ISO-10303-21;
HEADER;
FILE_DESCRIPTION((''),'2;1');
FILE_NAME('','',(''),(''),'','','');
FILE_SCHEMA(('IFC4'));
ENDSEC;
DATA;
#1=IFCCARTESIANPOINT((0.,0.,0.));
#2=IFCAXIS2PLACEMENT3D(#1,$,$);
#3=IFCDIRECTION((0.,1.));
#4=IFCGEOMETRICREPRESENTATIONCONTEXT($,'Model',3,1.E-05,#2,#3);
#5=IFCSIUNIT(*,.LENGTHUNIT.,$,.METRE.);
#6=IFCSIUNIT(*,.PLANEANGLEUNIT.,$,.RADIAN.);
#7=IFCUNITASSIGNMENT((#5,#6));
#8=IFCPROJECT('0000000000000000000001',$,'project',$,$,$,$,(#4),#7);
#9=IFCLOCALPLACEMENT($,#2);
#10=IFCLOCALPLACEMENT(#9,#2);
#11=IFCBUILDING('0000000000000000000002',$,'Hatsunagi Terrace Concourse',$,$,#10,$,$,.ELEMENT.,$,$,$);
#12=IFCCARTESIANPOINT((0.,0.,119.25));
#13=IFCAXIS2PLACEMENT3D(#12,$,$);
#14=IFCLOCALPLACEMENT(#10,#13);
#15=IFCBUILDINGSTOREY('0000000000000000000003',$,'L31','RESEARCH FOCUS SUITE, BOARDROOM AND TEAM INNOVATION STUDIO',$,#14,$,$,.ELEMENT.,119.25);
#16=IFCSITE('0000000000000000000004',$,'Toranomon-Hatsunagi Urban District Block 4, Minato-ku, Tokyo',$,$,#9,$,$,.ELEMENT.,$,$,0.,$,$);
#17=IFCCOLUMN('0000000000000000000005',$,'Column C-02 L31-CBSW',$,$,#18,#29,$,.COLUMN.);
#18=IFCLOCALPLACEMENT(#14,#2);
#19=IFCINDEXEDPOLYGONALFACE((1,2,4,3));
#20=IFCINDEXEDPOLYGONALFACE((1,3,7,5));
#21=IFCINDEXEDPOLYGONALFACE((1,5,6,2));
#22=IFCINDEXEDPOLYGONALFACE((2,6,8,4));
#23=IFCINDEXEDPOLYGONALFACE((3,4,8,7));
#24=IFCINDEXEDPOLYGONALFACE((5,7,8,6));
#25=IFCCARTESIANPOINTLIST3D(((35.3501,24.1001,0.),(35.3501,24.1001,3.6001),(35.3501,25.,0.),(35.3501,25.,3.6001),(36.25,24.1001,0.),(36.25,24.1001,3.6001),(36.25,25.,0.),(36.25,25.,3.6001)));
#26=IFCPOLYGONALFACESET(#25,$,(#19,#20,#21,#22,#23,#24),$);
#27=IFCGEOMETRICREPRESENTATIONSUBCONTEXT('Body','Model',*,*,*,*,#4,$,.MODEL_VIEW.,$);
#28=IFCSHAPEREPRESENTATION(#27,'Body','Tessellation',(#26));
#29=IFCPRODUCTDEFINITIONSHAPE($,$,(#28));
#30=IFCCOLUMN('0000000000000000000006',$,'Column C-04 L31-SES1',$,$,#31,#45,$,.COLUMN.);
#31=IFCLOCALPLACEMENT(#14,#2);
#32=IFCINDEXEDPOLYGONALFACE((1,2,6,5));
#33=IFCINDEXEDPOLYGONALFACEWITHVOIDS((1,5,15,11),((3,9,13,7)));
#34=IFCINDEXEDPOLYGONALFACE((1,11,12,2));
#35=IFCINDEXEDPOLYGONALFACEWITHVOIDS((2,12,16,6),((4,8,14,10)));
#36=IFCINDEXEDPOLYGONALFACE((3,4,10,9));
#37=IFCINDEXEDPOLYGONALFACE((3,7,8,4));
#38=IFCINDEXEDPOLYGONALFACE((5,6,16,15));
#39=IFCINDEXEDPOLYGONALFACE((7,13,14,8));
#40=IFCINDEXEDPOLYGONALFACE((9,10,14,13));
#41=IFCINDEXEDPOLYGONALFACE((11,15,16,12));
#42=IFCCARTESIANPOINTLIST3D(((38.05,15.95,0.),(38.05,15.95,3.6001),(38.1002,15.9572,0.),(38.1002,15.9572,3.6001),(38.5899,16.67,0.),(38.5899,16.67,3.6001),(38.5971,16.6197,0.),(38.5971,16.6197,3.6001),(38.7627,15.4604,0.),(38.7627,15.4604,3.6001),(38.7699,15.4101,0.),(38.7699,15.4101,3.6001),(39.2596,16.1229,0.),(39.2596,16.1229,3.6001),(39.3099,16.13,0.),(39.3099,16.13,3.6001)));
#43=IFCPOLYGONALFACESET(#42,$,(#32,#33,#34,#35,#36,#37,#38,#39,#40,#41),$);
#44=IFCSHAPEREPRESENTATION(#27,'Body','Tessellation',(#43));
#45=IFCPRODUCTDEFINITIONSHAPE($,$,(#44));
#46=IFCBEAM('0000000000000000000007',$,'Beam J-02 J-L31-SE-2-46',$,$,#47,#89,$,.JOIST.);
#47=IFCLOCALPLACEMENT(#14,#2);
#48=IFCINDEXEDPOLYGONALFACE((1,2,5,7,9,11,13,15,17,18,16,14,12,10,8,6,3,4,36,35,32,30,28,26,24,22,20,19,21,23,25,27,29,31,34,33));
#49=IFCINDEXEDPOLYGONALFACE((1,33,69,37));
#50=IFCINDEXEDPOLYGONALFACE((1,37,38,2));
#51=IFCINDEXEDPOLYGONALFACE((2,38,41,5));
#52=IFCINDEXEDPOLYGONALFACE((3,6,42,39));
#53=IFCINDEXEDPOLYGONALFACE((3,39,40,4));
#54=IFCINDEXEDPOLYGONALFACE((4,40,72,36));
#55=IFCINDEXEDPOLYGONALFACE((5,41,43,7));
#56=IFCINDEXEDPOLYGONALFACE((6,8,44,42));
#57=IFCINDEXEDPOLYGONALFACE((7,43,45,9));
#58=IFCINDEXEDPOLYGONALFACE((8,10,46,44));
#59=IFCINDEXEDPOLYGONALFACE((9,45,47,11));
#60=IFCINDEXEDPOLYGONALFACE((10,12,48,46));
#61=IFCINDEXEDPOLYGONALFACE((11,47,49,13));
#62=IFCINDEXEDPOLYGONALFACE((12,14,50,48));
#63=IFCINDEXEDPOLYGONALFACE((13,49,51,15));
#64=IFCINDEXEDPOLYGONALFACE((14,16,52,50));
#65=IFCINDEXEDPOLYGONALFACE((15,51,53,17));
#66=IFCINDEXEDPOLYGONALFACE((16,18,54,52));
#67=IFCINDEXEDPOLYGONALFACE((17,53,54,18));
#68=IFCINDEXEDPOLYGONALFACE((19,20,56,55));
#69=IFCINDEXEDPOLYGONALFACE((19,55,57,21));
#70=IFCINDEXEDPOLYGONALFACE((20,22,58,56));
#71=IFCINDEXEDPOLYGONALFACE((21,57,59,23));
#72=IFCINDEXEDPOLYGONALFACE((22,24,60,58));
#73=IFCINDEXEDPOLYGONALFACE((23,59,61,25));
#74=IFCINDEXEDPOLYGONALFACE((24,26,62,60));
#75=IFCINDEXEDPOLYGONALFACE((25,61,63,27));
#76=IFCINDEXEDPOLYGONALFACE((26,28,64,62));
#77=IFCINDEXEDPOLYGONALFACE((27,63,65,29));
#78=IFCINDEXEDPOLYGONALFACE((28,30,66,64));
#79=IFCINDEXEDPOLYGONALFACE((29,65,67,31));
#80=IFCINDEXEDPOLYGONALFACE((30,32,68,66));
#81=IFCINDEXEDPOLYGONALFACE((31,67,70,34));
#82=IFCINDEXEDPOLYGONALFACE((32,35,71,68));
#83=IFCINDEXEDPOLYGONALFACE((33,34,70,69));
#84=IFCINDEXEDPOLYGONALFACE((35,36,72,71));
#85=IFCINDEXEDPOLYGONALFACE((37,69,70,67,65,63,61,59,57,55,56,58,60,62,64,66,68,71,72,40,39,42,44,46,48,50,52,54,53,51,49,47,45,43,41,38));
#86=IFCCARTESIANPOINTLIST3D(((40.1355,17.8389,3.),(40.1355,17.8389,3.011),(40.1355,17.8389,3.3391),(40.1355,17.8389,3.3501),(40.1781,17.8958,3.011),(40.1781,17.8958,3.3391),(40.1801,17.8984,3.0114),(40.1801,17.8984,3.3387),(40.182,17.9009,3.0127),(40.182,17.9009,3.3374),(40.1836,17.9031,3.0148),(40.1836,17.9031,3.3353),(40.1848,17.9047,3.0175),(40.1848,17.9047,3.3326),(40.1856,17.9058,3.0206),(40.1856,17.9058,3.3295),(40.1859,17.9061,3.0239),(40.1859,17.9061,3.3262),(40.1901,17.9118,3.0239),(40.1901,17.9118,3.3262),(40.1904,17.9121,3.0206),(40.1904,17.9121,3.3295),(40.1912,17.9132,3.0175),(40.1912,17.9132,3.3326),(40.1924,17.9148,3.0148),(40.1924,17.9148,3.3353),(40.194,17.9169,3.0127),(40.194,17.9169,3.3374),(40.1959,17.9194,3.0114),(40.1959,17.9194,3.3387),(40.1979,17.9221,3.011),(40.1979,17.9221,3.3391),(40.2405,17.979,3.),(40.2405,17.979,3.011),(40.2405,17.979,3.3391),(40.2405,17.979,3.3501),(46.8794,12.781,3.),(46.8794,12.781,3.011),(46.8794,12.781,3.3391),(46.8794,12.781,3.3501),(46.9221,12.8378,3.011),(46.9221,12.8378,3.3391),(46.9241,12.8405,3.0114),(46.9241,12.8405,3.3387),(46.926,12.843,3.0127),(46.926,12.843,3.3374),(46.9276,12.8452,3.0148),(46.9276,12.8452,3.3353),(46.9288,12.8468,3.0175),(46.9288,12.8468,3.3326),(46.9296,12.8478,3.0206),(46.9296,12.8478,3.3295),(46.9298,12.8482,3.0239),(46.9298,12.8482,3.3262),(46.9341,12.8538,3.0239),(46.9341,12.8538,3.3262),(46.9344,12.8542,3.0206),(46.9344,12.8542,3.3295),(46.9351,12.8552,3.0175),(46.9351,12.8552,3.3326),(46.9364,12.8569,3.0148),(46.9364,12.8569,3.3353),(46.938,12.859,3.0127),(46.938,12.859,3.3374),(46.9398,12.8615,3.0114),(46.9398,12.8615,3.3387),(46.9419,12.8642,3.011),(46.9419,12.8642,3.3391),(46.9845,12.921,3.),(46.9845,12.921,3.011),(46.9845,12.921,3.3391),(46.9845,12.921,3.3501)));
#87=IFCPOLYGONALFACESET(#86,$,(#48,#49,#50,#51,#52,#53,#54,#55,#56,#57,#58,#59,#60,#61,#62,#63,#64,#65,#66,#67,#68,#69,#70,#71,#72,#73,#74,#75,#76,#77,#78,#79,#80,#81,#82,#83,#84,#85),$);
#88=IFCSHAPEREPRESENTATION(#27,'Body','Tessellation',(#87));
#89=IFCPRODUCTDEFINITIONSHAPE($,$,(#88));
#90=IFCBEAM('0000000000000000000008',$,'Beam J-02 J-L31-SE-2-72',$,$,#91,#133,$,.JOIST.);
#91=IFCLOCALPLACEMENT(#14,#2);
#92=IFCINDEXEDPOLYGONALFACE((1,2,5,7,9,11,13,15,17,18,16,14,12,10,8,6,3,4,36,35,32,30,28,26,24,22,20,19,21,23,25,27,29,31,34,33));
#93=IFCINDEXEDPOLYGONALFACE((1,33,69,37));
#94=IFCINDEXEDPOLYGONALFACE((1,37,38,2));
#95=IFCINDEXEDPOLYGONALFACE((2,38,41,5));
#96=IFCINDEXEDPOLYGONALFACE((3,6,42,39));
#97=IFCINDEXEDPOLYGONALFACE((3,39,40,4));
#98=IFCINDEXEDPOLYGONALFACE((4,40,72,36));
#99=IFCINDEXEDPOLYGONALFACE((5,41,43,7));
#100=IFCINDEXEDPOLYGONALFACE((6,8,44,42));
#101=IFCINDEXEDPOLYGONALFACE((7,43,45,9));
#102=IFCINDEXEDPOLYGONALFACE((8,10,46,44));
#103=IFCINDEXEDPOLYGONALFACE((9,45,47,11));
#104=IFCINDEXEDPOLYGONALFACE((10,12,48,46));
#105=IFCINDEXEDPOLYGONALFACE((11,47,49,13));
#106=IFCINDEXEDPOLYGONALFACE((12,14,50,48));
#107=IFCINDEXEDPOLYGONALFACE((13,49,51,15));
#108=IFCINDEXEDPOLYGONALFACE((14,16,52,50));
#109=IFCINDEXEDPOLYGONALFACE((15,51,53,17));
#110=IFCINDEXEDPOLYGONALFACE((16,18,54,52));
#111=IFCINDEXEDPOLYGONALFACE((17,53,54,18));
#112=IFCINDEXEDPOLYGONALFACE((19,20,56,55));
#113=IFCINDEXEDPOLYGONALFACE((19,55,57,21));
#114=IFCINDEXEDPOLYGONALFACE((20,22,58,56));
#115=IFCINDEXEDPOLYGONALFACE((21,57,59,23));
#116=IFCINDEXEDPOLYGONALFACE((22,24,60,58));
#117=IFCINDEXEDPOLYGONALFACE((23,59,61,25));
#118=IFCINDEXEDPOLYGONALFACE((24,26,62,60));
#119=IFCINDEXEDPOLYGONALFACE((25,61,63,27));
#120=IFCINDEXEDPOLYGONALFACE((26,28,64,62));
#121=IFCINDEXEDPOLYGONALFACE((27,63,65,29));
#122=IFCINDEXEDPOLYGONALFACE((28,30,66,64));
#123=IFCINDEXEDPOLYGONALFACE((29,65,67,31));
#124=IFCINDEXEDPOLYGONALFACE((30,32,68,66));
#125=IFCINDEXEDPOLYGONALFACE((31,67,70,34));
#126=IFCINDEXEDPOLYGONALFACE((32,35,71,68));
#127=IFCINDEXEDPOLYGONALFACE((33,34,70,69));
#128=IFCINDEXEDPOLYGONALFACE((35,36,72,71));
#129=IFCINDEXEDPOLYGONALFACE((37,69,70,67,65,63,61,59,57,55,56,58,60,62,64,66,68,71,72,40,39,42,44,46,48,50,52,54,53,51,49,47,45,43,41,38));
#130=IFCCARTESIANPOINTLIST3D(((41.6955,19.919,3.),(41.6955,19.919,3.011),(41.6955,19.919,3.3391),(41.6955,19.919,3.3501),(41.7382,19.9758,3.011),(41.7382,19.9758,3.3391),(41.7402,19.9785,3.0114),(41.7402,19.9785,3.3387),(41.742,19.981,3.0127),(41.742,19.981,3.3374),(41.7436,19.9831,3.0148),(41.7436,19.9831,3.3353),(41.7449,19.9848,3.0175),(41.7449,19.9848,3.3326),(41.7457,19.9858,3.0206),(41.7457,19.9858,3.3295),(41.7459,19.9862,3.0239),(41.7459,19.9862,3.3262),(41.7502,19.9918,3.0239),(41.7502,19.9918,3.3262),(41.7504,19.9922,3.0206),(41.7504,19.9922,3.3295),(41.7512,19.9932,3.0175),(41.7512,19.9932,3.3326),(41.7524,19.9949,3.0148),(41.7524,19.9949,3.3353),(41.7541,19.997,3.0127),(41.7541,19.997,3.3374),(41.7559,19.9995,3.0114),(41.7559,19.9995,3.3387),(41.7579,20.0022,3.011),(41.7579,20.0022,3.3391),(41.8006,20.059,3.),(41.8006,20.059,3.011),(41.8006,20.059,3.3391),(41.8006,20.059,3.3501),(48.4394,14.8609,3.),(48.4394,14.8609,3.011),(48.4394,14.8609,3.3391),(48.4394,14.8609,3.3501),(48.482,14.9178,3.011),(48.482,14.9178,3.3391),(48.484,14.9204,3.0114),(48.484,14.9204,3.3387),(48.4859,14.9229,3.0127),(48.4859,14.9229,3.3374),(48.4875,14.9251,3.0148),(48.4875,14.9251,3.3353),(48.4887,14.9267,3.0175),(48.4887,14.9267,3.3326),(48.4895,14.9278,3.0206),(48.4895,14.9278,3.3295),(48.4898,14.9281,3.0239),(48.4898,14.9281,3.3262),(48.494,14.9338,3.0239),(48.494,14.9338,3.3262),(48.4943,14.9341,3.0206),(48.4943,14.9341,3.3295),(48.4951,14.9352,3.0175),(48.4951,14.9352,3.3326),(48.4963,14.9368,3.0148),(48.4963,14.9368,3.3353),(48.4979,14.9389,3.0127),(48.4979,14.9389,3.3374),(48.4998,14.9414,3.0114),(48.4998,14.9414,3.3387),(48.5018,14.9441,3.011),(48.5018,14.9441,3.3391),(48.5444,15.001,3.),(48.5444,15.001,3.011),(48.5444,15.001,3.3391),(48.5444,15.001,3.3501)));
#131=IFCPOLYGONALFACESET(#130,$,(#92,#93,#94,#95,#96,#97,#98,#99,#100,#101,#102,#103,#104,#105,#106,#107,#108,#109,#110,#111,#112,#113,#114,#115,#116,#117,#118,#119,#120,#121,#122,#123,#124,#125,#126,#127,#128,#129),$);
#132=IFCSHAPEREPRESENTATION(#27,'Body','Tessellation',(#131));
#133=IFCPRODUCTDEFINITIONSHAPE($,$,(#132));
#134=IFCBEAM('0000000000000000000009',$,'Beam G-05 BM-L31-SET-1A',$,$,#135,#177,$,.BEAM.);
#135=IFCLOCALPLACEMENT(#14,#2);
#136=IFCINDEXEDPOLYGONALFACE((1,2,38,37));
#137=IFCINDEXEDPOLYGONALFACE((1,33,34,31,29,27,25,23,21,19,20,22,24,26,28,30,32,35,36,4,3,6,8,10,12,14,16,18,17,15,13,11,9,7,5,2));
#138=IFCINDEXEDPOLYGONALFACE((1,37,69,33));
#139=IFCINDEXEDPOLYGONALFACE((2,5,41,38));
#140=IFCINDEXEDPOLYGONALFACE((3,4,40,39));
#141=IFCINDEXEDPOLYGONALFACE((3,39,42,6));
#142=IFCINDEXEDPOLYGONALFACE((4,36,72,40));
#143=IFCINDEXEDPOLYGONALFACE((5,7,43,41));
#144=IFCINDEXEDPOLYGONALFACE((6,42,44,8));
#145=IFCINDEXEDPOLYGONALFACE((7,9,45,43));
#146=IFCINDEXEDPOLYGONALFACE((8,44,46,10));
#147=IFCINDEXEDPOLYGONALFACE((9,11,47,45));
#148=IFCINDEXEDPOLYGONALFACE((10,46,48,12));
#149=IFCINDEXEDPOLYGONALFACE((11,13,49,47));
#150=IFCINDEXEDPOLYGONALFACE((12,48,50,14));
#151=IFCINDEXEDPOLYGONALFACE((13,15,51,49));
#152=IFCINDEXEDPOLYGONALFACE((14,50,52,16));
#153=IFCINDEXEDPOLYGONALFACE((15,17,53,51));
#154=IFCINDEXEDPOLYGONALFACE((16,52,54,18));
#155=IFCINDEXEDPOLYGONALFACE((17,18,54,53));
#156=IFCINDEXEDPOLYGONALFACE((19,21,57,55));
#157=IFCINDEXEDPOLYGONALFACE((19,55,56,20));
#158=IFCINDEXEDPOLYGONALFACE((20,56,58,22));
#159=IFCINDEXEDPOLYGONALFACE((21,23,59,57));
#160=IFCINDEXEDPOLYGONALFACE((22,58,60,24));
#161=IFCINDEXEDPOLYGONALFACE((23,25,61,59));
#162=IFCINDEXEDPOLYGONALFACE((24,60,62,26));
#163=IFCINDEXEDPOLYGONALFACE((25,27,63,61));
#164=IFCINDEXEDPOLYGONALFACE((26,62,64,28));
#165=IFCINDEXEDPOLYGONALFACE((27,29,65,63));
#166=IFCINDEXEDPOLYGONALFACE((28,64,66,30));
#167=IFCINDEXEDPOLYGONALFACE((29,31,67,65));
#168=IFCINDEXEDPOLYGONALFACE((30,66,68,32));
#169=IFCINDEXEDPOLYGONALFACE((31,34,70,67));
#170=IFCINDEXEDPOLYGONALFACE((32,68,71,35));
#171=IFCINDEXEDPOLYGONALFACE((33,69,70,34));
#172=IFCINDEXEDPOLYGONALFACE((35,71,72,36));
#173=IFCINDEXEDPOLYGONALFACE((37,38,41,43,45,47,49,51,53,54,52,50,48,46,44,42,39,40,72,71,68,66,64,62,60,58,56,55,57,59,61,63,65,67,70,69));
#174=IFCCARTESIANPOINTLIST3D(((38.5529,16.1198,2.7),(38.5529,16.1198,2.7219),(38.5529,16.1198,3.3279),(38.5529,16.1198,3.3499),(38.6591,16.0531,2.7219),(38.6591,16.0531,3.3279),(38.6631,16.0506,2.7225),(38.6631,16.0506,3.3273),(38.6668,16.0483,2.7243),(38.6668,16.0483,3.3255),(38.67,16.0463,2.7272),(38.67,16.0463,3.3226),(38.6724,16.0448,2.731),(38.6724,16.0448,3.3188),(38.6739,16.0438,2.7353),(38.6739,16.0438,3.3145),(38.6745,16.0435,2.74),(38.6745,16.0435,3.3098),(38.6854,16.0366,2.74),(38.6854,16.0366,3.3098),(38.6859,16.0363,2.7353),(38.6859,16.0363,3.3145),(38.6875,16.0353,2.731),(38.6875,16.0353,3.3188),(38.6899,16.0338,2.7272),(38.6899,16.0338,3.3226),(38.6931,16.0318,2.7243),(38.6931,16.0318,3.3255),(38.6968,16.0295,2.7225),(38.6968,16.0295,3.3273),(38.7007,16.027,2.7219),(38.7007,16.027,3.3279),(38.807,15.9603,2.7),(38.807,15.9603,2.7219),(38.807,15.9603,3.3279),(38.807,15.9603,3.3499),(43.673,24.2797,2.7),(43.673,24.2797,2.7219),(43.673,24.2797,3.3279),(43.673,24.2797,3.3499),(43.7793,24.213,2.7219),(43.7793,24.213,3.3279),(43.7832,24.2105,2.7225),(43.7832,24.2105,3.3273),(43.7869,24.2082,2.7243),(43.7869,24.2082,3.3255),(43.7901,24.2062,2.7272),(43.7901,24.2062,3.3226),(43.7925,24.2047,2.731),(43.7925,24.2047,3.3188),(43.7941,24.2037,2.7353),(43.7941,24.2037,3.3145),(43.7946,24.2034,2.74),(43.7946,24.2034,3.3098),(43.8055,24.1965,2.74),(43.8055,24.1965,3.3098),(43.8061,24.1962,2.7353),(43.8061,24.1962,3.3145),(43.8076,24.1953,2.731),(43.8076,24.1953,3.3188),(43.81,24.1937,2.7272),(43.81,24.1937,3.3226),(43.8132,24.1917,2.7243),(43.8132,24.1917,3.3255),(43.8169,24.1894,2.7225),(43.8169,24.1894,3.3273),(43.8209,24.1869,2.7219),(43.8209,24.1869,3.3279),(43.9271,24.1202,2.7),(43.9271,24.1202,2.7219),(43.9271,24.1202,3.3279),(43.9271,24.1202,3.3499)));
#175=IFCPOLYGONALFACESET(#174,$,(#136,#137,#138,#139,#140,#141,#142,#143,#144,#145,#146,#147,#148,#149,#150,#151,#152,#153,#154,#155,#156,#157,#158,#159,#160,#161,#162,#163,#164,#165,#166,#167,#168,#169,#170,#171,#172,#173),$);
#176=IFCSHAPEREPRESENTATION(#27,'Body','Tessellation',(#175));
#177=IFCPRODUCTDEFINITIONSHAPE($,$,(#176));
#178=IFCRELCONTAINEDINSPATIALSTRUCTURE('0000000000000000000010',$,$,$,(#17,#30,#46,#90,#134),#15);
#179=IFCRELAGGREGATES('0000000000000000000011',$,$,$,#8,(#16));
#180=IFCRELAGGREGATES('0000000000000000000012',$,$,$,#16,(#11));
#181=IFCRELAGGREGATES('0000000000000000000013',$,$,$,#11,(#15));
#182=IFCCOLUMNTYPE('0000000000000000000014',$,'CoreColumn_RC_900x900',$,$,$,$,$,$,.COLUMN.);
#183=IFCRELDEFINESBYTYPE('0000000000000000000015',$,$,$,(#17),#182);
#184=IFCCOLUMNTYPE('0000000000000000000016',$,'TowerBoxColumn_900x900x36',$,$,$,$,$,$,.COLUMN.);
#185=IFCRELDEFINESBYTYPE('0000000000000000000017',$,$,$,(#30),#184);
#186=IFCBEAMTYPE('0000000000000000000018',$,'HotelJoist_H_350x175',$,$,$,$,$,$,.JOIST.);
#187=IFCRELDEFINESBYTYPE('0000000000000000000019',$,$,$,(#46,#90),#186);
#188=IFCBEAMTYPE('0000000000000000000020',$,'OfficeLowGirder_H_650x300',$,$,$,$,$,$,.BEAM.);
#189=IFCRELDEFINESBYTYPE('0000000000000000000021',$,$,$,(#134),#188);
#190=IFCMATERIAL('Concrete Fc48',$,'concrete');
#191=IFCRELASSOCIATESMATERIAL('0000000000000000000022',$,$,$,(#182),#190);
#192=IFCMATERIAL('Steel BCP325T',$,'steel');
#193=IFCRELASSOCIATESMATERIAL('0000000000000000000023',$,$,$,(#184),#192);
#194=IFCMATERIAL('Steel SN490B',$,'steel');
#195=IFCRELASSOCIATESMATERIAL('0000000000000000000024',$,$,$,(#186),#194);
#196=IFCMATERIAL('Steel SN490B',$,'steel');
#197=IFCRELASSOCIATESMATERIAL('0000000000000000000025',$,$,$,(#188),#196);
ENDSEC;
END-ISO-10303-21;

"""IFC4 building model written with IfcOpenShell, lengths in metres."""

from ifc_helpers import new_model, si_unit, direction, frame, origin, origin_2d, place, context, subcontext, project, spatial, rectangle, hollow_rectangle, i_section, extrude, material, material_profile, profile_set, type_object, element, save


model = new_model("IFC4")

# Units and contexts
model_context = context("Model", 3, precision=1e-05, world=origin(), true_north=direction((0.0, 1.0)))
body_context = subcontext(model_context, "Body", "Model", "MODEL_VIEW")
ifc_project = project(units=[si_unit("LENGTHUNIT", "METRE"), si_unit("PLANEANGLEUNIT", "RADIAN")], contexts=[model_context])

# Site, building, storey
site_placement = place(None, origin())
site = spatial("IfcSite", under=ifc_project, at=site_placement, Name="Toranomon-Hatsunagi Urban District Block 4, Minato-ku, Tokyo", CompositionType="ELEMENT", RefElevation=0.0)
building_placement = place(site_placement, origin())
building = spatial("IfcBuilding", under=site, at=building_placement, Name="Hatsunagi Terrace Concourse", CompositionType="ELEMENT")
storey_placement = place(building_placement, frame((0.0, 0.0, 119.25)))
storey = spatial("IfcBuildingStorey", under=building, at=storey_placement, Name="L31", Description="RESEARCH FOCUS SUITE, BOARDROOM AND TEAM INNOVATION STUDIO", CompositionType="ELEMENT", Elevation=119.25)

# Columns
ifc_material_1 = material(Name="Concrete Fc48", Category="concrete")
ifc_material_profile_1 = material_profile(ifc_material_1, rectangle(XDim=0.8999, YDim=0.8999, at=origin_2d()), Name="RC-900x900")
ifc_profile_set_1 = profile_set([ifc_material_profile_1], Name="Concrete Fc48")
column_type_1 = type_object("IfcColumnType", Name="CoreColumn_RC_900x900", PredefinedType="COLUMN", material=ifc_profile_set_1)
column_1_placement = place(storey_placement, frame((35.8, 24.55, 0.0), z_axis=(0.0, 0.0, 1.0), x_axis=(1.0, 0.0, 0.0)))
element("IfcColumn", 1, at=column_1_placement, inside=storey, type_object=column_type_1, Name="Column C-02 L31-CBSW", PredefinedType="COLUMN", context=body_context, shape_type="SweptSolid", body=[
    extrude(rectangle(XDim=0.8999, YDim=0.8999, at=origin_2d()), origin(), (0.0, 0.0, 1.0), 3.6001),
])
ifc_material_2 = material(Name="Steel BCP325T", Category="steel")
ifc_material_profile_2 = material_profile(ifc_material_2, hollow_rectangle(XDim=0.8999, YDim=0.8999, WallThickness=0.0359, at=origin_2d()), Name="BCP-900x900x36")
ifc_profile_set_2 = profile_set([ifc_material_profile_2], Name="Steel BCP325T")
column_type_2 = type_object("IfcColumnType", Name="TowerBoxColumn_900x900x36", PredefinedType="COLUMN", material=ifc_profile_set_2)
column_2_placement = place(storey_placement, frame((38.6799, 16.04, 0.0), z_axis=(0.0, 0.0, 1.0), x_axis=(0.8, -0.6, 0.0)))
element("IfcColumn", 2, at=column_2_placement, inside=storey, type_object=column_type_2, Name="Column C-04 L31-SES1", PredefinedType="COLUMN", context=body_context, shape_type="SweptSolid", body=[
    extrude(hollow_rectangle(XDim=0.8999, YDim=0.8999, WallThickness=0.0359, at=origin_2d()), origin(), (0.0, 0.0, 1.0), 3.6001),
])

# Beams
ifc_material_3 = material(Name="Steel SN490B", Category="steel")
ifc_material_profile_3 = material_profile(ifc_material_3, i_section(OverallWidth=0.175, OverallDepth=0.3501, WebThickness=0.0071, FlangeThickness=0.011, FilletRadius=0.0129, at=origin_2d()), Name="H-350x175x7x11")
ifc_profile_set_3 = profile_set([ifc_material_profile_3], Name="Steel SN490B")
beam_type_1 = type_object("IfcBeamType", Name="HotelJoist_H_350x175", PredefinedType="JOIST", material=ifc_profile_set_3)
for number, where, z_axis, x_axis, name in (
    (3, (40.188, 17.9089, 3.175), (0.800003, -0.599995, 0.0), (0.599995, 0.800003, 0.0), "Beam J-02 J-L31-SE-2-46"),
    (4, (41.748, 19.989, 3.175), (0.79999, -0.600014, 0.0), (0.600014, 0.79999, 0.0), "Beam J-02 J-L31-SE-2-72"),
):
    element("IfcBeam", number, at=place(storey_placement, frame(where, z_axis=z_axis, x_axis=x_axis)), inside=storey, type_object=beam_type_1, Name=name, PredefinedType="JOIST", context=body_context, shape_type="SweptSolid", body=[
        extrude(i_section(OverallWidth=0.175, OverallDepth=0.3501, WebThickness=0.0071, FlangeThickness=0.011, FilletRadius=0.0129, at=origin_2d()), origin(), (0.0, 0.0, 1.0), 8.4299),
    ])
ifc_material_4 = material(Name="Steel SN490B", Category="steel")
ifc_material_profile_4 = material_profile(ifc_material_4, i_section(OverallWidth=0.3, OverallDepth=0.6499, WebThickness=0.0129, FlangeThickness=0.022, FilletRadius=0.0181, at=origin_2d()), Name="H-650x300x13x22")
ifc_profile_set_4 = profile_set([ifc_material_profile_4], Name="Steel SN490B")
beam_type_2 = type_object("IfcBeamType", Name="OfficeLowGirder_H_650x300", PredefinedType="BEAM", material=ifc_profile_set_4)
beam_1_placement = place(storey_placement, frame((38.6799, 16.04, 3.0249), z_axis=(0.531504, 0.847056, 0.0), x_axis=(-0.847056, 0.531504, 0.0)))
element("IfcBeam", 5, at=beam_1_placement, inside=storey, type_object=beam_type_2, Name="Beam G-05 BM-L31-SET-1A", PredefinedType="BEAM", context=body_context, shape_type="SweptSolid", body=[
    extrude(i_section(OverallWidth=0.3, OverallDepth=0.6499, WebThickness=0.0129, FlangeThickness=0.022, FilletRadius=0.0181, at=origin_2d()), origin(), (0.0, 0.0, 1.0), 9.6333),
])

save(model, "model.ifc")
